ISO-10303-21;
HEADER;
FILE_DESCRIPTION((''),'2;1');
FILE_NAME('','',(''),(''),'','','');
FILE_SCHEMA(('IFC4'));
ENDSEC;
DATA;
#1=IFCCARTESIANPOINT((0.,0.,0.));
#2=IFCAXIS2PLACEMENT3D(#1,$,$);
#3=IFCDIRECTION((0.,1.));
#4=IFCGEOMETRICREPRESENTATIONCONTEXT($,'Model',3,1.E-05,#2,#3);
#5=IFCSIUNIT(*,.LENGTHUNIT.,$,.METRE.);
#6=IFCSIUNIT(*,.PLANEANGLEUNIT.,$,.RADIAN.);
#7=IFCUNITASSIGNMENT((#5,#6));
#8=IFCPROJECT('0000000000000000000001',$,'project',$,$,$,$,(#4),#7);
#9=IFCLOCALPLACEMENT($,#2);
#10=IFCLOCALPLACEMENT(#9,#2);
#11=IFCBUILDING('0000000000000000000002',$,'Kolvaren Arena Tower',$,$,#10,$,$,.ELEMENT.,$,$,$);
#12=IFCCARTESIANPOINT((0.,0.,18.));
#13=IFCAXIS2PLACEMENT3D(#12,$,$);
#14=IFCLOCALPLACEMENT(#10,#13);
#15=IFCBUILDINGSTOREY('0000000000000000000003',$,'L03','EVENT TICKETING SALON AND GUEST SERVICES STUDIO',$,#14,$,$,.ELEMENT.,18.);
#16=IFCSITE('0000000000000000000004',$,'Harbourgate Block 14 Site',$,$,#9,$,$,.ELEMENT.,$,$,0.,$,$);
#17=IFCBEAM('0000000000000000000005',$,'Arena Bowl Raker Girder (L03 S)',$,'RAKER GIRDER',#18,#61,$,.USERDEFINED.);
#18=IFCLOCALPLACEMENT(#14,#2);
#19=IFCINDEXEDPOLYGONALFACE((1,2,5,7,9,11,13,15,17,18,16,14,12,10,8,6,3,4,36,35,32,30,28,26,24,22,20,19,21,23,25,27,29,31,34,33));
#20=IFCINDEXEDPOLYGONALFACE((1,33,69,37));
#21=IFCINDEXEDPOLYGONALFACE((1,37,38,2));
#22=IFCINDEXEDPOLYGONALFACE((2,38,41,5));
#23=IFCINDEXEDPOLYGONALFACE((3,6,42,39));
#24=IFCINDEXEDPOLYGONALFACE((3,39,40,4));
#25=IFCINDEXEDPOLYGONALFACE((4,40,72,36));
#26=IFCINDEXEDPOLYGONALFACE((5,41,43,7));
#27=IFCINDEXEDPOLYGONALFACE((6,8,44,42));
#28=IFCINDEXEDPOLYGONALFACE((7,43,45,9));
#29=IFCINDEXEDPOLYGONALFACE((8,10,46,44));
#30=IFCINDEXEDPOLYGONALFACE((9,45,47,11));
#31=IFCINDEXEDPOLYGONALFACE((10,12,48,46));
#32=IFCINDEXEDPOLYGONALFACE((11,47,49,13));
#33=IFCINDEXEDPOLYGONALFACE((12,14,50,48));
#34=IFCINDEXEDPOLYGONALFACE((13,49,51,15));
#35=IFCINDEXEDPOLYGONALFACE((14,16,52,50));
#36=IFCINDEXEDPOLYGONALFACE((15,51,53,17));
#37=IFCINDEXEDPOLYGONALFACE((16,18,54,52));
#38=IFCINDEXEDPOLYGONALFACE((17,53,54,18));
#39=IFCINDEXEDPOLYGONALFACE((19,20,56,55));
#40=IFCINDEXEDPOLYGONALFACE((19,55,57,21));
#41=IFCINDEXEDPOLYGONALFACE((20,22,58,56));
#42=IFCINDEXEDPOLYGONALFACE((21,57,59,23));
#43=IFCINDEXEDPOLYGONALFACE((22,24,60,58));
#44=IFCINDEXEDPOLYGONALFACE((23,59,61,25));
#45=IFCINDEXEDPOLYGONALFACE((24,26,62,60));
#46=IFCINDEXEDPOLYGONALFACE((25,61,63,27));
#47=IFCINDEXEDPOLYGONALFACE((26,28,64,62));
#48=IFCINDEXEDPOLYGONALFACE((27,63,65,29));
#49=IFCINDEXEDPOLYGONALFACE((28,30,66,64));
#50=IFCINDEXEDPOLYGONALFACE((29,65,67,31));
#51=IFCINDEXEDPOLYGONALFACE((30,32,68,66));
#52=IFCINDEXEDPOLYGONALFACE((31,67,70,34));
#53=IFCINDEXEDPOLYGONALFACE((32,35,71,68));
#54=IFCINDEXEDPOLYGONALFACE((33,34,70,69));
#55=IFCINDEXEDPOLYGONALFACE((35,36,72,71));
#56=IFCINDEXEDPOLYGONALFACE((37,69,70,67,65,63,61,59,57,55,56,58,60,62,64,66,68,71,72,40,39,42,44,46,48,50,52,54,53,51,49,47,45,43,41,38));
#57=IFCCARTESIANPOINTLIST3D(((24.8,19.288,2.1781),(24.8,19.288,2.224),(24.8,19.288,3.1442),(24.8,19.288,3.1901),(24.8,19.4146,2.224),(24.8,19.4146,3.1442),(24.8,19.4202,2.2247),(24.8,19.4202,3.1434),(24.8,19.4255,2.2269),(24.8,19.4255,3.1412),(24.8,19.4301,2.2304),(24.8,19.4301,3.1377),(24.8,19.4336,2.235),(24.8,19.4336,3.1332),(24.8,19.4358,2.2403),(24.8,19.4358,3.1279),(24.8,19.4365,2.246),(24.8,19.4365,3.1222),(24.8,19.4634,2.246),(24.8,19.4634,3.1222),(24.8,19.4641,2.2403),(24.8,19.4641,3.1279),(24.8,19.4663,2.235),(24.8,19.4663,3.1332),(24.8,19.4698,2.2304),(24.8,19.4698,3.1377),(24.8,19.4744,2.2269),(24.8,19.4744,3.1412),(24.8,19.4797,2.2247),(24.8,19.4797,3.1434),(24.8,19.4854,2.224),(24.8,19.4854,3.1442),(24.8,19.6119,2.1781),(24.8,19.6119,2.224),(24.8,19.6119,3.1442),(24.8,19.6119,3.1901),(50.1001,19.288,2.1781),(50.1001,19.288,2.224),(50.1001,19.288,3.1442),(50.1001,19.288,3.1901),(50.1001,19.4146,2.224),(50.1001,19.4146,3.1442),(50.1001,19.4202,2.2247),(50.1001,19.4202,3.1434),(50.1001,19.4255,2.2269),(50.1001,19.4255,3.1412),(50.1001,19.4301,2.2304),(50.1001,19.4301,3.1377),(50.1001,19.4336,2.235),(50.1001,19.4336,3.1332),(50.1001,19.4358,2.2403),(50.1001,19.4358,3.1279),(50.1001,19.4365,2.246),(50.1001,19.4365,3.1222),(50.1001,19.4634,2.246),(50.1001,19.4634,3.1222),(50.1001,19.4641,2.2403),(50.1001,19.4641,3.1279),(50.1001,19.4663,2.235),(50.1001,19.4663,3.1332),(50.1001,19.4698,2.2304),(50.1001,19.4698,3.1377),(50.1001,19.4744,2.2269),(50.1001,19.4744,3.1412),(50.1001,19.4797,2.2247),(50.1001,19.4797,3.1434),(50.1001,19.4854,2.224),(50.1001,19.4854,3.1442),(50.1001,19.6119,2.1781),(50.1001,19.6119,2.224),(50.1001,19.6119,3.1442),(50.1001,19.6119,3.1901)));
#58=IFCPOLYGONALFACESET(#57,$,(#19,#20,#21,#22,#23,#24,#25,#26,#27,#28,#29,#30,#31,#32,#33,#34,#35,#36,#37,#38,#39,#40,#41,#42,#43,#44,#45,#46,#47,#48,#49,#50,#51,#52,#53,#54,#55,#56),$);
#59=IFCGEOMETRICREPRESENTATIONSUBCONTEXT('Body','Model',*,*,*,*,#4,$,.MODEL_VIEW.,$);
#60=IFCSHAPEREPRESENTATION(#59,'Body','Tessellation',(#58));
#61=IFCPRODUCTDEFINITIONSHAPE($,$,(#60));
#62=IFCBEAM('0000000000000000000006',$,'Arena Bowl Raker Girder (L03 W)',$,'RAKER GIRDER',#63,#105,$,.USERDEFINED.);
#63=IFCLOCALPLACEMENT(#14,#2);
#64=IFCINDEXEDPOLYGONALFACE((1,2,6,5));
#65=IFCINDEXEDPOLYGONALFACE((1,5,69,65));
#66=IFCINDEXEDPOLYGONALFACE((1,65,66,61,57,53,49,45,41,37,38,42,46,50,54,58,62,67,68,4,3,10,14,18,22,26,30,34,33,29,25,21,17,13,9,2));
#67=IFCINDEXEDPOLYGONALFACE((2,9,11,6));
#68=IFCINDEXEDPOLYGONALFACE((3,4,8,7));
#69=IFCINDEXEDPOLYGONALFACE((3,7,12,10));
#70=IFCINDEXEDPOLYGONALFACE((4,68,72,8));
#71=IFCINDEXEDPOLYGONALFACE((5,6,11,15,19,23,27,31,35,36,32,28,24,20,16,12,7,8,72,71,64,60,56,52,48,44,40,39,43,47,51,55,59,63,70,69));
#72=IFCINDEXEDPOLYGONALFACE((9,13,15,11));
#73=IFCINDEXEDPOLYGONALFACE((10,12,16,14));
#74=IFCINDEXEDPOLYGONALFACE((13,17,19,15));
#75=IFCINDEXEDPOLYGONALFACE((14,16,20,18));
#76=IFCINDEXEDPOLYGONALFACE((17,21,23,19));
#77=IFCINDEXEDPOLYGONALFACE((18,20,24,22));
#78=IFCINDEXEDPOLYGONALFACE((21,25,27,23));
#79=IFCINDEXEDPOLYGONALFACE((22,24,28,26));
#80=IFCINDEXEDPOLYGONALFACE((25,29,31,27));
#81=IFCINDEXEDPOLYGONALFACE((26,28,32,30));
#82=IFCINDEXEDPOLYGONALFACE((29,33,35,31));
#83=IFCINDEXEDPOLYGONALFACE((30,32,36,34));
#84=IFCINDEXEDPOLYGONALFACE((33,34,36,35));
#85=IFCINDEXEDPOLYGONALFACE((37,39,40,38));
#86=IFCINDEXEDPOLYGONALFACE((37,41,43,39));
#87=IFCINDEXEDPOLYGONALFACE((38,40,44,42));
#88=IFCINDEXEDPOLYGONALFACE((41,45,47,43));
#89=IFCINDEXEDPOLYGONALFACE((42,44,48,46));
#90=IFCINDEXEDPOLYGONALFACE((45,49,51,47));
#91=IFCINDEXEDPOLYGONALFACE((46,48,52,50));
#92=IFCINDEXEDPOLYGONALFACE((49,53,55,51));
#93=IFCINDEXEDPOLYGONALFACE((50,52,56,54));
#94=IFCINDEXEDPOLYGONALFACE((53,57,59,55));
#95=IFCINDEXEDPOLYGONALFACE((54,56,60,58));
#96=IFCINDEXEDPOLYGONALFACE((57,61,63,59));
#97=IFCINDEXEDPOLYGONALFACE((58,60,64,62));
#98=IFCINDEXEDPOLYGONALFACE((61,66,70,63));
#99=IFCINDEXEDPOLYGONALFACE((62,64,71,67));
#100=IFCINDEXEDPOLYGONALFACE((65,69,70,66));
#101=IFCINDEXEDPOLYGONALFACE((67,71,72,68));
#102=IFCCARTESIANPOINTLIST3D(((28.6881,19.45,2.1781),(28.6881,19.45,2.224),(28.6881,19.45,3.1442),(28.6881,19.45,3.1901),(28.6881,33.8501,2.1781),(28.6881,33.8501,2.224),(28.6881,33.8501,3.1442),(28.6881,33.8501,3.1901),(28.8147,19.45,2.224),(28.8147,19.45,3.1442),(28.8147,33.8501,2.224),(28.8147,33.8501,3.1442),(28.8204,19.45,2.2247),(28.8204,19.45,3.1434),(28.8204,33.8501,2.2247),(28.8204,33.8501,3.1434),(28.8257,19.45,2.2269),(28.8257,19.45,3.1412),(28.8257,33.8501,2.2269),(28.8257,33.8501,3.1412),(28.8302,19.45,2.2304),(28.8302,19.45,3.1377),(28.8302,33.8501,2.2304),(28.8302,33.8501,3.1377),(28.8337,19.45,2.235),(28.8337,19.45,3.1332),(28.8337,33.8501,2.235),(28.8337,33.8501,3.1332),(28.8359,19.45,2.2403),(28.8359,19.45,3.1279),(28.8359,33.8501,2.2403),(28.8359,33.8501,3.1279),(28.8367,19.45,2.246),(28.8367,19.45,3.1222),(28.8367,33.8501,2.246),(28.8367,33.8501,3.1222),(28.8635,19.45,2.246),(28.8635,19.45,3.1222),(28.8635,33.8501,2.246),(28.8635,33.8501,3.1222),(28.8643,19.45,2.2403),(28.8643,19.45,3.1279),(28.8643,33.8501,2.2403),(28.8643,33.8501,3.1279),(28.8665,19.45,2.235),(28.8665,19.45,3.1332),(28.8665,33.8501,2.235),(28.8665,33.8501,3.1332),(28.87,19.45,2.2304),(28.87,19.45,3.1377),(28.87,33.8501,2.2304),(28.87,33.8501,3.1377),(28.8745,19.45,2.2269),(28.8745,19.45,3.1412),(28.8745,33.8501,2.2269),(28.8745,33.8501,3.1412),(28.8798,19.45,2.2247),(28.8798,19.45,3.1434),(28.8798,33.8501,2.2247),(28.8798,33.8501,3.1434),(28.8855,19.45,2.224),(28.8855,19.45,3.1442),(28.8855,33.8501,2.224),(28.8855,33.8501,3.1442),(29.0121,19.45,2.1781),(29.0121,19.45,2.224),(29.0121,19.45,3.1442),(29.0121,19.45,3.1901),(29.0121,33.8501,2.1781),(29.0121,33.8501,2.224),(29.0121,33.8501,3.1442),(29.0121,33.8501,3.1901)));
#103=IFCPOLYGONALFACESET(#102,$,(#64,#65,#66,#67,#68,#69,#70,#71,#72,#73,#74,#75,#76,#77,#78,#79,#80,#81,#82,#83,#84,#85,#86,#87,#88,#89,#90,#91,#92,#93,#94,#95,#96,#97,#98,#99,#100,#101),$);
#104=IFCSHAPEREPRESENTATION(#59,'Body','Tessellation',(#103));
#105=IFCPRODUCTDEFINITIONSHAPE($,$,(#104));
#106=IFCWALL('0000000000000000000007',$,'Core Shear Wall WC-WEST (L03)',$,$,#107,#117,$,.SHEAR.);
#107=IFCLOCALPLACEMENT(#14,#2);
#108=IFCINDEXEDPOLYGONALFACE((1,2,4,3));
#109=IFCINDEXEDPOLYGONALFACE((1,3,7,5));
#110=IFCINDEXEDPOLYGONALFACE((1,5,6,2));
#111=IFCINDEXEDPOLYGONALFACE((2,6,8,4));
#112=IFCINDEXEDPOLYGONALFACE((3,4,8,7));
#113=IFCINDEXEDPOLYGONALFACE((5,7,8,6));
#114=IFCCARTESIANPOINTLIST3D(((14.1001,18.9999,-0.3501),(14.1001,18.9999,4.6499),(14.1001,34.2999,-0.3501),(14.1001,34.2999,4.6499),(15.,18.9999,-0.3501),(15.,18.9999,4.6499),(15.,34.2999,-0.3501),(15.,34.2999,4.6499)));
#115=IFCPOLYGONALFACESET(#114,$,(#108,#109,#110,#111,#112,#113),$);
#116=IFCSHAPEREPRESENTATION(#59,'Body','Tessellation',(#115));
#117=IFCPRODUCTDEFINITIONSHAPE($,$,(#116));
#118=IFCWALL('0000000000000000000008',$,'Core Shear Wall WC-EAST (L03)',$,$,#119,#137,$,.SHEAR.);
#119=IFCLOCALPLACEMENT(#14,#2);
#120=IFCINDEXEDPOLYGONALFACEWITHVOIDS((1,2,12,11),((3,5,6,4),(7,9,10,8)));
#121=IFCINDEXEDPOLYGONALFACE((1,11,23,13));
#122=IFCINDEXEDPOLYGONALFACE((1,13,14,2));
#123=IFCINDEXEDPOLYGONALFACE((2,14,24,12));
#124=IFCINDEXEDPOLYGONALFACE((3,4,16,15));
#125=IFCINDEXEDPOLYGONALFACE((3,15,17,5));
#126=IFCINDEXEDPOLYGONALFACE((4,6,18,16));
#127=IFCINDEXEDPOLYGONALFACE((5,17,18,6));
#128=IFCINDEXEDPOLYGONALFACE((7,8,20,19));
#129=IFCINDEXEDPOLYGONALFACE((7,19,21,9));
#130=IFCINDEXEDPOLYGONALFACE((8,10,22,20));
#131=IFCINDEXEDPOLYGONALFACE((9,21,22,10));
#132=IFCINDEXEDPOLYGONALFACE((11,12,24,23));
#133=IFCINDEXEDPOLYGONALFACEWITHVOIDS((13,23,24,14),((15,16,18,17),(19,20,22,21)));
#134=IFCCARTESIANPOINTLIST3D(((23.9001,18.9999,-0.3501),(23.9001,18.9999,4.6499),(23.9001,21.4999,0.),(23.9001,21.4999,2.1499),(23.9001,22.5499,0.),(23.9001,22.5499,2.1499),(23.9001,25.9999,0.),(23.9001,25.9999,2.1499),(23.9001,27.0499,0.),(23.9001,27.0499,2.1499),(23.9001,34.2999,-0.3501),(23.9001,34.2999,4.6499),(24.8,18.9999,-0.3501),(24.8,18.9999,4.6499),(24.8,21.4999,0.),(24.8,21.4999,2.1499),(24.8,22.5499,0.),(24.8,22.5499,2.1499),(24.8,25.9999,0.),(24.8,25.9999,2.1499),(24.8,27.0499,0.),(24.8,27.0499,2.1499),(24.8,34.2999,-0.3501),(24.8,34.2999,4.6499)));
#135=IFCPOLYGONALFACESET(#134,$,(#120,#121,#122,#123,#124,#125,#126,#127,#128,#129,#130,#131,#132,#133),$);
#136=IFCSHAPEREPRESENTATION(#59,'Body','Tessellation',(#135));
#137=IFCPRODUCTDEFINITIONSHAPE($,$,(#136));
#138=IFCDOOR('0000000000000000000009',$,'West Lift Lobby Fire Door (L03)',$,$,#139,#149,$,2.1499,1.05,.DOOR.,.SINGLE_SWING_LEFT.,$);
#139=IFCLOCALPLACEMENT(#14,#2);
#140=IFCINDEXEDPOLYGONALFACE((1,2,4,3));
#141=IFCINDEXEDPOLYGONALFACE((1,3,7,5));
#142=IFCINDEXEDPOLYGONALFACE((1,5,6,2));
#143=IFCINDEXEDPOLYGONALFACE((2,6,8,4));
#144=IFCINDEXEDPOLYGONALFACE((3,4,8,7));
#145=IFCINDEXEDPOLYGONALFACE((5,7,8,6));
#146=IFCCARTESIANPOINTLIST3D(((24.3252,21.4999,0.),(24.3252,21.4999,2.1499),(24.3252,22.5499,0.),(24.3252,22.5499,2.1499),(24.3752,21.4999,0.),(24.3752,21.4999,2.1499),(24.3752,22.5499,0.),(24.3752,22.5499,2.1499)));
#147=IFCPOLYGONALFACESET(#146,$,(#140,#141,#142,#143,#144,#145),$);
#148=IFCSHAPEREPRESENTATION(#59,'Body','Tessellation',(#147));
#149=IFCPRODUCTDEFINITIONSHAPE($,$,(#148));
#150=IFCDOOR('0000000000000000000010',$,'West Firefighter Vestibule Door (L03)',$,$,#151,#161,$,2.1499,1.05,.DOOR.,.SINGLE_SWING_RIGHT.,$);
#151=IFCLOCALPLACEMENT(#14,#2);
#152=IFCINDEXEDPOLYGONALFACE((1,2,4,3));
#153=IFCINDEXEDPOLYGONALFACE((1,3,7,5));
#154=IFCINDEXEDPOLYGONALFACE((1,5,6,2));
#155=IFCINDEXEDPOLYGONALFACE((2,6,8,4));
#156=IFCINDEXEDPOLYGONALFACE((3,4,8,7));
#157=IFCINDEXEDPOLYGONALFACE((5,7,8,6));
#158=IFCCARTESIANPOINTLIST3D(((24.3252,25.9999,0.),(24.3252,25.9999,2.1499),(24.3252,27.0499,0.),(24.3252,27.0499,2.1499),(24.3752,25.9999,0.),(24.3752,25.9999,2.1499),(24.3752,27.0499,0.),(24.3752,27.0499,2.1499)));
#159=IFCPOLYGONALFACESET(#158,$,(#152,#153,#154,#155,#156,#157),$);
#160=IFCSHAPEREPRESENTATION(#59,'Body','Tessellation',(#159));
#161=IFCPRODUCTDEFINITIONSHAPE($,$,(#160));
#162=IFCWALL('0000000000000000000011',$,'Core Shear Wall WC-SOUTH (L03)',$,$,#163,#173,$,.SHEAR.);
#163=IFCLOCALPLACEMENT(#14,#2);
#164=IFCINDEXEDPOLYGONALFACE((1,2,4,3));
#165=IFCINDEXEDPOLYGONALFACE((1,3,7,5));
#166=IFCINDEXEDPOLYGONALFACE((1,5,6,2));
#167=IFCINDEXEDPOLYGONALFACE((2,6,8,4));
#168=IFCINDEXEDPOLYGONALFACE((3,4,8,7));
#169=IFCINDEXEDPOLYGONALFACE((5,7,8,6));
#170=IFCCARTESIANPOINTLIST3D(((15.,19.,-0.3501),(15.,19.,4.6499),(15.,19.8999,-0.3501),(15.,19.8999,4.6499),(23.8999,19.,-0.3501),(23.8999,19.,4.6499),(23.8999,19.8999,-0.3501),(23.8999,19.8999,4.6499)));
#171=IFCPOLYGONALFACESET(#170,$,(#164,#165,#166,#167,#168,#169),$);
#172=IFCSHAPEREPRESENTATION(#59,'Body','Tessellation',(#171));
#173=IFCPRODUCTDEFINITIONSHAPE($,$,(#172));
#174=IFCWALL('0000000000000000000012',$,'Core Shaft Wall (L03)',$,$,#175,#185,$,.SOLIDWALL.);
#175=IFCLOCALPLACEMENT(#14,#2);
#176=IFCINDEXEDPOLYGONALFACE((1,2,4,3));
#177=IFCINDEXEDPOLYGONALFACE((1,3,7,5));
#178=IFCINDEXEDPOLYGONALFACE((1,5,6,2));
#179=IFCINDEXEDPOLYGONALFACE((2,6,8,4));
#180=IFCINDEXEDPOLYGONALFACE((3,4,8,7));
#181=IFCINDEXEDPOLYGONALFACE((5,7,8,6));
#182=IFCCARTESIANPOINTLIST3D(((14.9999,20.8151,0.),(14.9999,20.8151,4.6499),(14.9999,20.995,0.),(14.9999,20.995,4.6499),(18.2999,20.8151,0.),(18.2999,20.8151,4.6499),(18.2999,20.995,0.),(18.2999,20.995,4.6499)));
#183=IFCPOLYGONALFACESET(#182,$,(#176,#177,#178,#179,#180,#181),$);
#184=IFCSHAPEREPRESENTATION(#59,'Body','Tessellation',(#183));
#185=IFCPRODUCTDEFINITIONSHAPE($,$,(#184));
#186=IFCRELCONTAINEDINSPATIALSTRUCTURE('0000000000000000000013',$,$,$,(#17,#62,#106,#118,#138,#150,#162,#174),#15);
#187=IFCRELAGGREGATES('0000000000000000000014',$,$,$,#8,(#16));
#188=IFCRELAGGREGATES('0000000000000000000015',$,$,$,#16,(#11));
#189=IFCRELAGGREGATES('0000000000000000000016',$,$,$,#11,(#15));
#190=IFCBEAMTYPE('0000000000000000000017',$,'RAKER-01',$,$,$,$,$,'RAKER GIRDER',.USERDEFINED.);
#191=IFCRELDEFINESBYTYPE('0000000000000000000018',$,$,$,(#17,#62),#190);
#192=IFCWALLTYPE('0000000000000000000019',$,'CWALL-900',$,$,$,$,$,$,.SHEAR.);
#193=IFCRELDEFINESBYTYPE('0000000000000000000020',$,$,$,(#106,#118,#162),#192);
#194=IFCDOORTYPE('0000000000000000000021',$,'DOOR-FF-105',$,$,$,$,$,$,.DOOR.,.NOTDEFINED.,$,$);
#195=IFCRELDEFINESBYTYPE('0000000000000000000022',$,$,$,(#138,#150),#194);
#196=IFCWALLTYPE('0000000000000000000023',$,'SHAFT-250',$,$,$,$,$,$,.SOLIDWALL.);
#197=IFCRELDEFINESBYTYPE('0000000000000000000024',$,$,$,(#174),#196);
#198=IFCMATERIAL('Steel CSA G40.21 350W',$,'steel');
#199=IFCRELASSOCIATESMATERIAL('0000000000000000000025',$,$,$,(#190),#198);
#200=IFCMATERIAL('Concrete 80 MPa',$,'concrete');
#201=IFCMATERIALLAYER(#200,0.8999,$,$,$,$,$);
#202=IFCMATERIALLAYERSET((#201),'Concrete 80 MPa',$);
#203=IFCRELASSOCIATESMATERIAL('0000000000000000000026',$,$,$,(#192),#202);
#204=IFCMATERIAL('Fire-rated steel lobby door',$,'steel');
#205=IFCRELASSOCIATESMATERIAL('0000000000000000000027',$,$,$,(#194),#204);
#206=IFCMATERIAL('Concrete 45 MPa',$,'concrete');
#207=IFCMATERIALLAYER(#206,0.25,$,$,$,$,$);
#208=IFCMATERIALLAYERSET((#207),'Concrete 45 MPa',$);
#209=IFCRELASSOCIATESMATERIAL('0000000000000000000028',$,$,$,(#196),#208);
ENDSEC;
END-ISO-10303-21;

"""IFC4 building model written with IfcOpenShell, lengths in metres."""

from ifc_helpers import new_model, si_unit, direction, frame, frame_2d, origin, origin_2d, place, context, subcontext, project, spatial, rectangle, i_section, extrude, material, layer, layer_set, material_profile, profile_set, type_object, element, fill, save


model = new_model("IFC4")

# Units and contexts
model_context = context("Model", 3, precision=1e-05, world=origin(), true_north=direction((0.0, 1.0)))
body_context = subcontext(model_context, "Body", "Model", "MODEL_VIEW")
ifc_project = project(units=[si_unit("LENGTHUNIT", "METRE"), si_unit("PLANEANGLEUNIT", "RADIAN")], contexts=[model_context])

# Site, building, storey
site_placement = place(None, origin())
site = spatial("IfcSite", under=ifc_project, at=site_placement, Name="Harbourgate Block 14 Site", CompositionType="ELEMENT", RefElevation=0.0)
building_placement = place(site_placement, origin())
building = spatial("IfcBuilding", under=site, at=building_placement, Name="Kolvaren Arena Tower", CompositionType="ELEMENT")
storey_placement = place(building_placement, frame((0.0, 0.0, 18.0)))
storey = spatial("IfcBuildingStorey", under=building, at=storey_placement, Name="L03", Description="EVENT TICKETING SALON AND GUEST SERVICES STUDIO", CompositionType="ELEMENT", Elevation=18.0)

# Beams
ifc_material_1 = material(Name="Steel CSA G40.21 350W", Category="steel")
ifc_material_profile_1 = material_profile(ifc_material_1, i_section(OverallWidth=0.324, OverallDepth=1.012, WebThickness=0.0269, FlangeThickness=0.0459, FilletRadius=0.022, at=origin_2d()), Name="W1000x443")
ifc_profile_set_1 = profile_set([ifc_material_profile_1], Name="Steel CSA G40.21 350W")
beam_type_1 = type_object("IfcBeamType", Name="RAKER-01", ElementType="RAKER GIRDER", PredefinedType="USERDEFINED", material=ifc_profile_set_1)
beam_1_placement = place(storey_placement, frame((24.8, 19.45, 2.6841), z_axis=(1.0, 0.0, 0.0), x_axis=(0.0, 1.0, 0.0)))
element("IfcBeam", 1, at=beam_1_placement, inside=storey, type_object=beam_type_1, Name="Arena Bowl Raker Girder (L03 S)", ObjectType="RAKER GIRDER", PredefinedType="USERDEFINED", context=body_context, shape_type="SweptSolid", body=[
    extrude(i_section(OverallWidth=0.324, OverallDepth=1.012, WebThickness=0.0269, FlangeThickness=0.0459, FilletRadius=0.022, at=origin_2d()), origin(), (0.0, 0.0, 1.0), 25.3),
])
beam_2_placement = place(storey_placement, frame((28.8501, 19.45, 2.6841), z_axis=(0.0, 1.0, 0.0), x_axis=(-1.0, 0.0, 0.0)))
element("IfcBeam", 2, at=beam_2_placement, inside=storey, type_object=beam_type_1, Name="Arena Bowl Raker Girder (L03 W)", ObjectType="RAKER GIRDER", PredefinedType="USERDEFINED", context=body_context, shape_type="SweptSolid", body=[
    extrude(i_section(OverallWidth=0.324, OverallDepth=1.012, WebThickness=0.0269, FlangeThickness=0.0459, FilletRadius=0.022, at=origin_2d()), origin(), (0.0, 0.0, 1.0), 14.4001),
])

# Wall
ifc_material_2 = material(Name="Concrete 80 MPa", Category="concrete")
ifc_layer_1 = layer(ifc_material_2, 0.8999)
ifc_layer_set_1 = layer_set([ifc_layer_1], Name="Concrete 80 MPa")
wall_type_1 = type_object("IfcWallType", Name="CWALL-900", PredefinedType="SHEAR", material=ifc_layer_set_1)
wall_1_placement = place(storey_placement, frame((14.55, 19.0, -0.3501), z_axis=(0.0, 0.0, 1.0), x_axis=(0.0, 1.0, 0.0)))
element("IfcWall", 3, at=wall_1_placement, inside=storey, type_object=wall_type_1, Name="Core Shear Wall WC-WEST (L03)", PredefinedType="SHEAR", context=body_context, shape_type="SweptSolid", body=[
    extrude(rectangle(XDim=15.3, YDim=0.8999, at=frame_2d((7.6499, 0.0))), origin(), (0.0, 0.0, 1.0), 5.0),
])

# Wall, openings, doors
wall_2_placement = place(storey_placement, frame((24.3501, 19.0, -0.3501), z_axis=(0.0, 0.0, 1.0), x_axis=(0.0, 1.0, 0.0)))
wall_2 = element("IfcWall", 4, at=wall_2_placement, inside=storey, type_object=wall_type_1, Name="Core Shear Wall WC-EAST (L03)", PredefinedType="SHEAR", context=body_context, shape_type="SweptSolid", body=[
    extrude(rectangle(XDim=15.3, YDim=0.8999, at=frame_2d((7.6499, 0.0))), origin(), (0.0, 0.0, 1.0), 5.0),
])
opening_1_placement = place(wall_2_placement, frame((2.5, 0.0, 0.3501)))
opening_1 = element("IfcOpeningElement", 5, at=opening_1_placement, cuts=wall_2, PredefinedType="OPENING", context=body_context, shape_type="SweptSolid", body=[
    extrude(rectangle(XDim=1.05, YDim=2.1499, at=frame_2d((0.5249, 1.075))), frame((0.0, 0.46, 0.0), z_axis=(0.0, -1.0, 0.0), x_axis=(1.0, 0.0, 0.0)), (0.0, 0.0, 1.0), 0.9199),
])
opening_2_placement = place(wall_2_placement, frame((7.0, 0.0, 0.3501)))
opening_2 = element("IfcOpeningElement", 6, at=opening_2_placement, cuts=wall_2, PredefinedType="OPENING", context=body_context, shape_type="SweptSolid", body=[
    extrude(rectangle(XDim=1.05, YDim=2.1499, at=frame_2d((0.5249, 1.075))), frame((0.0, 0.46, 0.0), z_axis=(0.0, -1.0, 0.0), x_axis=(1.0, 0.0, 0.0)), (0.0, 0.0, 1.0), 0.9199),
])
ifc_material_3 = material(Name="Fire-rated steel lobby door", Category="steel")
door_type = type_object("IfcDoorType", Name="DOOR-FF-105", OperationType="NOTDEFINED", PredefinedType="DOOR", material=ifc_material_3)
door_1_placement = place(opening_1_placement, origin())
door_1 = element("IfcDoor", 7, at=door_1_placement, inside=storey, type_object=door_type, Name="West Lift Lobby Fire Door (L03)", OperationType="SINGLE_SWING_LEFT", OverallHeight=2.1499, OverallWidth=1.05, PredefinedType="DOOR", context=body_context, shape_type="SweptSolid", body=[
    extrude(rectangle(XDim=1.05, YDim=2.1499, at=frame_2d((0.5249, 1.075))), frame((0.0, 0.0249, 0.0), z_axis=(0.0, -1.0, 0.0), x_axis=(1.0, 0.0, 0.0)), (0.0, 0.0, 1.0), 0.05),
])
fill(opening_1, door_1)
door_2_placement = place(opening_2_placement, origin())
door_2 = element("IfcDoor", 8, at=door_2_placement, inside=storey, type_object=door_type, Name="West Firefighter Vestibule Door (L03)", OperationType="SINGLE_SWING_RIGHT", OverallHeight=2.1499, OverallWidth=1.05, PredefinedType="DOOR", context=body_context, shape_type="SweptSolid", body=[
    extrude(rectangle(XDim=1.05, YDim=2.1499, at=frame_2d((0.5249, 1.075))), frame((0.0, 0.0249, 0.0), z_axis=(0.0, -1.0, 0.0), x_axis=(1.0, 0.0, 0.0)), (0.0, 0.0, 1.0), 0.05),
])
fill(opening_2, door_2)

# Walls
wall_3_placement = place(storey_placement, frame((15.0, 19.45, -0.3501), z_axis=(0.0, 0.0, 1.0), x_axis=(1.0, 0.0, 0.0)))
element("IfcWall", 9, at=wall_3_placement, inside=storey, type_object=wall_type_1, Name="Core Shear Wall WC-SOUTH (L03)", PredefinedType="SHEAR", context=body_context, shape_type="SweptSolid", body=[
    extrude(rectangle(XDim=8.8999, YDim=0.8999, at=frame_2d((4.45, 0.0))), origin(), (0.0, 0.0, 1.0), 5.0),
])
ifc_material_4 = material(Name="Concrete 45 MPa", Category="concrete")
ifc_layer_2 = layer(ifc_material_4, 0.25)
ifc_layer_set_2 = layer_set([ifc_layer_2], Name="Concrete 45 MPa")
wall_type_2 = type_object("IfcWallType", Name="SHAFT-250", PredefinedType="SOLIDWALL", material=ifc_layer_set_2)
for number, where, z_axis, x_axis, name in (
    (10, (15.0, 20.905, 0.0), (0.0, 0.0, 1.0), (1.0, 0.0, 0.0), "Core Shaft Wall (L03)"),
):
    element("IfcWall", number, at=place(storey_placement, frame(where, z_axis=z_axis, x_axis=x_axis)), inside=storey, type_object=wall_type_2, Name=name, PredefinedType="SOLIDWALL", context=body_context, shape_type="SweptSolid", body=[
        extrude(rectangle(XDim=3.3, YDim=0.1799, at=frame_2d((1.6499, 0.0))), origin(), (0.0, 0.0, 1.0), 4.6499),
    ])

save(model, "model.ifc")
